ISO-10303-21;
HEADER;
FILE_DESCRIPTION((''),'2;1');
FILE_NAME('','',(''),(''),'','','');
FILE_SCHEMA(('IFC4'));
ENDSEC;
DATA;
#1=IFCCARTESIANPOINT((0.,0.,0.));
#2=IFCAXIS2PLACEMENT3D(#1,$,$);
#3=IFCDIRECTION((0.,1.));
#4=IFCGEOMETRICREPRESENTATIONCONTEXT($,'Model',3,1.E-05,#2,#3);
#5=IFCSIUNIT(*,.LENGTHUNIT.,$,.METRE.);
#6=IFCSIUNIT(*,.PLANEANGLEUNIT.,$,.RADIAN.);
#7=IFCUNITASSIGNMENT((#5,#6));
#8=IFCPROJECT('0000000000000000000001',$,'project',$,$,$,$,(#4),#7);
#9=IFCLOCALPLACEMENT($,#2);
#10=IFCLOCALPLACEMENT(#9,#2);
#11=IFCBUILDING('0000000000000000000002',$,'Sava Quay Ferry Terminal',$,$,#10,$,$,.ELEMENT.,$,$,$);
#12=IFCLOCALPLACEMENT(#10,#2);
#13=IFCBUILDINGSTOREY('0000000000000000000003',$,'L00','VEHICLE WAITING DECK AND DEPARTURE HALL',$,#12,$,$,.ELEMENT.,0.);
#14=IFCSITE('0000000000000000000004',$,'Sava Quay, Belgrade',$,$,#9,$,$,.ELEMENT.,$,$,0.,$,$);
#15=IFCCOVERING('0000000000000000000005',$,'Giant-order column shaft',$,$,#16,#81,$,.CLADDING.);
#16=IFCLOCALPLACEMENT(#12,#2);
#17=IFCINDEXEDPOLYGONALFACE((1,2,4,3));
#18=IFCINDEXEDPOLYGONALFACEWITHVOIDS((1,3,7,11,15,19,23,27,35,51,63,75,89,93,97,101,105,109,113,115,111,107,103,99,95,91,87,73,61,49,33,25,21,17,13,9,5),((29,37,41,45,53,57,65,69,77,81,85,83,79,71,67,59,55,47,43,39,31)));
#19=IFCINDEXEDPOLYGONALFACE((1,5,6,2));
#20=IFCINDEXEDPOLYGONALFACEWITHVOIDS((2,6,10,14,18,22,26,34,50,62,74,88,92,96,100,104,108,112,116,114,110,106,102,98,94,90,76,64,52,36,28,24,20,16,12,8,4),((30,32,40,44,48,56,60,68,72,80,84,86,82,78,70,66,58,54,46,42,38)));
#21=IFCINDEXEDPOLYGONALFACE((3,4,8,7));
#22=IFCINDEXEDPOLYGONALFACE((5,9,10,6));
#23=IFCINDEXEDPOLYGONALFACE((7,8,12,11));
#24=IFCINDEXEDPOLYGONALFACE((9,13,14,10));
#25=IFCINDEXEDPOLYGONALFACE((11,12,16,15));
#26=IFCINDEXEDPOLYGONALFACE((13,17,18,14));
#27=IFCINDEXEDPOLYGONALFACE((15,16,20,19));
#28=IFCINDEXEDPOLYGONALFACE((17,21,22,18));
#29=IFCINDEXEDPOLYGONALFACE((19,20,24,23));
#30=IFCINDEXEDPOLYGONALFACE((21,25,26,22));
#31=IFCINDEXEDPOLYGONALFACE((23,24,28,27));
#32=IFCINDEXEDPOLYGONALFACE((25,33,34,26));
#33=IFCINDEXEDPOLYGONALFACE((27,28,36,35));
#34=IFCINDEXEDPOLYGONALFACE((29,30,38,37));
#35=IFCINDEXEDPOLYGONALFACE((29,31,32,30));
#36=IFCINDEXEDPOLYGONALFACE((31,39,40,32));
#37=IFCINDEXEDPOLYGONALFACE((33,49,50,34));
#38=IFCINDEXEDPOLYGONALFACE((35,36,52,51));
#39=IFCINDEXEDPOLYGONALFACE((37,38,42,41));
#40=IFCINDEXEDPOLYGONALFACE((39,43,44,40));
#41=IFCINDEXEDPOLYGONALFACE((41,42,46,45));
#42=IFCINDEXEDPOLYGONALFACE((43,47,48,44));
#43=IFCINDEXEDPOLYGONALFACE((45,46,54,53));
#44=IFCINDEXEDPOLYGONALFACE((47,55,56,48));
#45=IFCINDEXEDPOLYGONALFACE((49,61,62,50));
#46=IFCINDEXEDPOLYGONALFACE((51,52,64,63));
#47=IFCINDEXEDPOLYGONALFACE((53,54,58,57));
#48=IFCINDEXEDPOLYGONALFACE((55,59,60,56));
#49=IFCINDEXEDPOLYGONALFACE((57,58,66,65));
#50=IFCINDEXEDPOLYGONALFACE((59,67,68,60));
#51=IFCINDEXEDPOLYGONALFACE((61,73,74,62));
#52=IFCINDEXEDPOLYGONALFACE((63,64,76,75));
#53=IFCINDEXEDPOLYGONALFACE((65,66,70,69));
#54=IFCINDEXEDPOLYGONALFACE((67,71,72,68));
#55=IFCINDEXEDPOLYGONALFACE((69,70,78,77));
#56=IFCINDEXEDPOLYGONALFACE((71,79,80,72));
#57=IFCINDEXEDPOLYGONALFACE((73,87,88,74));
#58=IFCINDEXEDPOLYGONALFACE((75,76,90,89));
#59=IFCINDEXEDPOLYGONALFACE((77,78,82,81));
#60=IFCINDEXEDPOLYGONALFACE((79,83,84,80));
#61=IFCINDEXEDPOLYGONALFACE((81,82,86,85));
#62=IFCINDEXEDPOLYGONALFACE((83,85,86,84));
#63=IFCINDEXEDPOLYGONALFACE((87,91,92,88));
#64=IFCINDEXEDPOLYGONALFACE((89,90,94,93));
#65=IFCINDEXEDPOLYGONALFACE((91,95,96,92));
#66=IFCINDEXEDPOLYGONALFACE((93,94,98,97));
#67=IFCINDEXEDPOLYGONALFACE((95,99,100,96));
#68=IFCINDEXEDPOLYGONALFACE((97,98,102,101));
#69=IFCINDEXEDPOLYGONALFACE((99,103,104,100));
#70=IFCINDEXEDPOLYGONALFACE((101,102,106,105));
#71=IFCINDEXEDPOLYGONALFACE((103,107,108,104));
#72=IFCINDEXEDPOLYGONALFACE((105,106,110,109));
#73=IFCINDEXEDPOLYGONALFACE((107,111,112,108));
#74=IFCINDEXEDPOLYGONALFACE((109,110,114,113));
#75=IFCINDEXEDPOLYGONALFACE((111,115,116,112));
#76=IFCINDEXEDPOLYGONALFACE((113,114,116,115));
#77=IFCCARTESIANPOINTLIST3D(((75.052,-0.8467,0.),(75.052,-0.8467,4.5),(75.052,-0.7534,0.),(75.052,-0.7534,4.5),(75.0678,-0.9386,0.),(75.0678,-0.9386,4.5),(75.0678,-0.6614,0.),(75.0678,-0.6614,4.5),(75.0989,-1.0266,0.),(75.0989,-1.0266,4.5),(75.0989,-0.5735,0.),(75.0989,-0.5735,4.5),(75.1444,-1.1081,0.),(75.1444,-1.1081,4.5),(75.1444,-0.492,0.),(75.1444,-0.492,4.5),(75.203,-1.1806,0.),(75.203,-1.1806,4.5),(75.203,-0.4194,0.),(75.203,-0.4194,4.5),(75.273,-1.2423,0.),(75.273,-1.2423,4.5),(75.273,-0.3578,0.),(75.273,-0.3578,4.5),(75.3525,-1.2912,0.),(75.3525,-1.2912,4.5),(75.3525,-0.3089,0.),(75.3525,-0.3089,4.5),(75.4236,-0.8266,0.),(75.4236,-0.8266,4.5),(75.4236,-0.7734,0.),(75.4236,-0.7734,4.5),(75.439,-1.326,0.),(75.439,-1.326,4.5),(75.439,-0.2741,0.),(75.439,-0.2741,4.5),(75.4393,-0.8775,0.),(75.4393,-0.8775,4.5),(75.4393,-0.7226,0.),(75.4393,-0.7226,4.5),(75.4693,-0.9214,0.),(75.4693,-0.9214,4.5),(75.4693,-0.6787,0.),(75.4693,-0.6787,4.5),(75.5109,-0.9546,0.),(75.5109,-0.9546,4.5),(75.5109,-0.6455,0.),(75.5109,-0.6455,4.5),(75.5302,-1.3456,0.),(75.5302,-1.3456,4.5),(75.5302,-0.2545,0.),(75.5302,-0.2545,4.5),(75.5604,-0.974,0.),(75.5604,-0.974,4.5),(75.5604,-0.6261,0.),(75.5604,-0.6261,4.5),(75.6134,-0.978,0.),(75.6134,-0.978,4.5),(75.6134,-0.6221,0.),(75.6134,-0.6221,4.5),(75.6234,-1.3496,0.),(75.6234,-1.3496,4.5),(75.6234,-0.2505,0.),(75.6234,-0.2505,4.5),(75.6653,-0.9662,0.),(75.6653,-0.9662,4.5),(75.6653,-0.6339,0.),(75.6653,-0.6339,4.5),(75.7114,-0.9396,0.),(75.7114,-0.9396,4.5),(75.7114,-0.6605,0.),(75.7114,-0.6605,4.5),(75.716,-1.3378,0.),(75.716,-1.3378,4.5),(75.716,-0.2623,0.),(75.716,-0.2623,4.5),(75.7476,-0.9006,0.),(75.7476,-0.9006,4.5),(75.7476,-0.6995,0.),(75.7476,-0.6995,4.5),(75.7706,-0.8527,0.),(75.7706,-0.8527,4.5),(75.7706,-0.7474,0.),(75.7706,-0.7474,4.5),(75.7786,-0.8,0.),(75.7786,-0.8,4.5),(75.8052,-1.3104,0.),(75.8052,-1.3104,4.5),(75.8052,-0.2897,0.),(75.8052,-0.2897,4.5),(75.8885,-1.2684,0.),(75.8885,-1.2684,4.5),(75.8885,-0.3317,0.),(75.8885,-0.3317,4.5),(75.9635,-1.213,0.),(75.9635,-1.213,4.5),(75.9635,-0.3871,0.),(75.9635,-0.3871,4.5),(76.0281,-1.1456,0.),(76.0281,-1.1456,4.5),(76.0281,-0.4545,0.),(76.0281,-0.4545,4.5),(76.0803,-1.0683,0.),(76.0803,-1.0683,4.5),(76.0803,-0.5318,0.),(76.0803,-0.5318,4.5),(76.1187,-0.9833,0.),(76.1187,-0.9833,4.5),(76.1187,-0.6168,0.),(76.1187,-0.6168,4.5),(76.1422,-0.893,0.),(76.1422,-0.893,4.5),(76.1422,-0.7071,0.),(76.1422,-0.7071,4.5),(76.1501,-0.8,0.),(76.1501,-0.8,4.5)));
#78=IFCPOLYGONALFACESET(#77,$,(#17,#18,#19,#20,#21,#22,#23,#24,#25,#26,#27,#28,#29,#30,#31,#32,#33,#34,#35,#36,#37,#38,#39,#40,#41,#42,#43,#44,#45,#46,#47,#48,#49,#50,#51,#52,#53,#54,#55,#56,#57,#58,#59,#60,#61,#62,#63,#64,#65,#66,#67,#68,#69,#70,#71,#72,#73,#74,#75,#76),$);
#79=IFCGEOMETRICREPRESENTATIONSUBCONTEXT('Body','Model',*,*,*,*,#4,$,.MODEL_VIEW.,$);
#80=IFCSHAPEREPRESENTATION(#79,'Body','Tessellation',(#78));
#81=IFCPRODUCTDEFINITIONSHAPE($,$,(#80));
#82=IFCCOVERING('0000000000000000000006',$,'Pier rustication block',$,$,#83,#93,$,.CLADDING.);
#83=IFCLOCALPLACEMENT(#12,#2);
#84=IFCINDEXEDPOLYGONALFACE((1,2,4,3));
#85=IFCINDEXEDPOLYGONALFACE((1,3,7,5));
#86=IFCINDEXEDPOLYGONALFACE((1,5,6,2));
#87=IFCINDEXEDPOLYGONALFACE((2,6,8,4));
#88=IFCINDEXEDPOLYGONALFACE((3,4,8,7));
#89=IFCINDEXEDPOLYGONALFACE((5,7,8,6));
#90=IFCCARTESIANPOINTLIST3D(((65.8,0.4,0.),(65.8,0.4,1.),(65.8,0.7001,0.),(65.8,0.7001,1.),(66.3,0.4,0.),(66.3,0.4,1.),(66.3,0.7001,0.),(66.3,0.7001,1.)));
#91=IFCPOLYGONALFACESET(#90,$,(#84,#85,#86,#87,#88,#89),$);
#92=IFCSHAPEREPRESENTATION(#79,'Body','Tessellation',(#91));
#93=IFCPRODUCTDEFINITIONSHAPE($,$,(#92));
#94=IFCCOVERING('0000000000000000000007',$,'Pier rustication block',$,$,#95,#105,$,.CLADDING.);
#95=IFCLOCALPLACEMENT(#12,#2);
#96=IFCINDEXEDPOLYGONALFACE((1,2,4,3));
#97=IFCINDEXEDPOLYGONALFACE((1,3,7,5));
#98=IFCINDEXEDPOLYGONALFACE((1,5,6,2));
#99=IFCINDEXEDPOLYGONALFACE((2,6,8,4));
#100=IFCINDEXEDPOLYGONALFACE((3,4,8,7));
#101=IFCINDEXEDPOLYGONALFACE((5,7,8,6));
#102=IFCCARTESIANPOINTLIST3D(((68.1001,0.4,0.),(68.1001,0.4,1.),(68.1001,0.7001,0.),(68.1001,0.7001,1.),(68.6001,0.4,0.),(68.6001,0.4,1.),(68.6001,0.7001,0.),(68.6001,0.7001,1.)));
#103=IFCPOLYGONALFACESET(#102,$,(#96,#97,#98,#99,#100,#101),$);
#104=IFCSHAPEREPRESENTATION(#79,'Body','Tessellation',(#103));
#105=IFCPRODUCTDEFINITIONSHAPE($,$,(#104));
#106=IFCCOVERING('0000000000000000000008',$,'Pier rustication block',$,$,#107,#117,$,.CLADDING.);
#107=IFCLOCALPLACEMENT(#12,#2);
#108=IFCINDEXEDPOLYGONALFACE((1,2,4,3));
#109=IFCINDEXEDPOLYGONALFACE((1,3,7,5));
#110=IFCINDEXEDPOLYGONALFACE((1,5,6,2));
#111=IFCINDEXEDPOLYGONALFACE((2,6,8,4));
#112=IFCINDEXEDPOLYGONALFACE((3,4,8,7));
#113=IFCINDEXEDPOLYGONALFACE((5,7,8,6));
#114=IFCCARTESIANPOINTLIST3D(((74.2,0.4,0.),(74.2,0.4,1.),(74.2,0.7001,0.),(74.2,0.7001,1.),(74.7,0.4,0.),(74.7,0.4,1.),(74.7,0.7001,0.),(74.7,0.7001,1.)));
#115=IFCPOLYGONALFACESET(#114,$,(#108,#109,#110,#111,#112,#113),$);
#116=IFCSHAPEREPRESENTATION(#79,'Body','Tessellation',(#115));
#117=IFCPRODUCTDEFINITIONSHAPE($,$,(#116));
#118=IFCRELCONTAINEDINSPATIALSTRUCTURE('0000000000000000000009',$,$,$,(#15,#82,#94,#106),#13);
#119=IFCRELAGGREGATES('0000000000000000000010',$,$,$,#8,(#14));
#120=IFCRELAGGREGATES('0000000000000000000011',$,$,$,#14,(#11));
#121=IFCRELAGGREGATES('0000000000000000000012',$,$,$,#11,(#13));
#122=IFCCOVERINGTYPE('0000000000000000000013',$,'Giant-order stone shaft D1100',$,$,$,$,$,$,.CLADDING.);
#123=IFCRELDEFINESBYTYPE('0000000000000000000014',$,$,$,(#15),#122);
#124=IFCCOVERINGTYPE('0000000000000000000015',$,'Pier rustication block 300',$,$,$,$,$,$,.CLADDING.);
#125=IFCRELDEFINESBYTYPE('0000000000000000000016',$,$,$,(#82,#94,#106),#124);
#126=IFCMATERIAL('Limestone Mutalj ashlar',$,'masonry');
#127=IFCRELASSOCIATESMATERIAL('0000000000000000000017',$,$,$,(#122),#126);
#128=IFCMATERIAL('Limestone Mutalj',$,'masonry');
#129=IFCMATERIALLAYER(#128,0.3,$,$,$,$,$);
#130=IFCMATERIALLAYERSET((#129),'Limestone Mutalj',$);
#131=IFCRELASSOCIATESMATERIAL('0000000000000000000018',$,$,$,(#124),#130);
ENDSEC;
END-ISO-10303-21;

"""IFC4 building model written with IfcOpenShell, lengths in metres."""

from ifc_helpers import new_model, si_unit, direction, frame, origin, origin_2d, place, context, subcontext, project, spatial, rectangle, hollow_circle, extrude, material, layer, layer_set, material_profile, profile_set, type_object, element, save


model = new_model("IFC4")

# Units and contexts
model_context = context("Model", 3, precision=1e-05, world=origin(), true_north=direction((0.0, 1.0)))
body_context = subcontext(model_context, "Body", "Model", "MODEL_VIEW")
ifc_project = project(units=[si_unit("LENGTHUNIT", "METRE"), si_unit("PLANEANGLEUNIT", "RADIAN")], contexts=[model_context])

# Site, building, storey
site_placement = place(None, origin())
site = spatial("IfcSite", under=ifc_project, at=site_placement, Name="Sava Quay, Belgrade", CompositionType="ELEMENT", RefElevation=0.0)
building_placement = place(site_placement, origin())
building = spatial("IfcBuilding", under=site, at=building_placement, Name="Sava Quay Ferry Terminal", CompositionType="ELEMENT")
storey_placement = place(building_placement, origin())
storey = spatial("IfcBuildingStorey", under=building, at=storey_placement, Name="L00", Description="VEHICLE WAITING DECK AND DEPARTURE HALL", CompositionType="ELEMENT", Elevation=0.0)

# Coverings
ifc_material_1 = material(Name="Limestone Mutalj ashlar", Category="masonry")
ifc_material_profile_1 = material_profile(ifc_material_1, hollow_circle(Radius=0.55, WallThickness=0.3716, at=origin_2d()), Name="Stone shaft D1100")
ifc_profile_set_1 = profile_set([ifc_material_profile_1], Name="Limestone Mutalj ashlar")
covering_type_1 = type_object("IfcCoveringType", Name="Giant-order stone shaft D1100", PredefinedType="CLADDING", material=ifc_profile_set_1)
for number, where, z_axis, x_axis, name in (
    (1, (75.6001, -0.8, 0.0), (0.0, 0.0, 1.0), (1.0, 0.0, 0.0), "Giant-order column shaft"),
):
    element("IfcCovering", number, at=place(storey_placement, frame(where, z_axis=z_axis, x_axis=x_axis)), inside=storey, type_object=covering_type_1, Name=name, PredefinedType="CLADDING", context=body_context, shape_type="SweptSolid", body=[
        extrude(hollow_circle(Radius=0.55, WallThickness=0.3716, at=origin_2d()), origin(), (0.0, 0.0, 1.0), 4.5),
    ])
ifc_material_2 = material(Name="Limestone Mutalj", Category="masonry")
ifc_layer_1 = layer(ifc_material_2, 0.3)
ifc_layer_set_1 = layer_set([ifc_layer_1], Name="Limestone Mutalj")
covering_type_2 = type_object("IfcCoveringType", Name="Pier rustication block 300", PredefinedType="CLADDING", material=ifc_layer_set_1)
for number, where, z_axis, x_axis, name in (
    (2, (66.05, 0.55, 0.0), (0.0, 0.0, 1.0), (1.0, 0.0, 0.0), "Pier rustication block"),
    (3, (68.3501, 0.55, 0.0), (0.0, 0.0, 1.0), (1.0, 0.0, 0.0), "Pier rustication block"),
    (4, (74.45, 0.55, 0.0), (0.0, 0.0, 1.0), (1.0, 0.0, 0.0), "Pier rustication block"),
):
    element("IfcCovering", number, at=place(storey_placement, frame(where, z_axis=z_axis, x_axis=x_axis)), inside=storey, type_object=covering_type_2, Name=name, PredefinedType="CLADDING", context=body_context, shape_type="SweptSolid", body=[
        extrude(rectangle(XDim=0.5, YDim=0.3, at=origin_2d()), origin(), (0.0, 0.0, 1.0), 1.0),
    ])

save(model, "model.ifc")
